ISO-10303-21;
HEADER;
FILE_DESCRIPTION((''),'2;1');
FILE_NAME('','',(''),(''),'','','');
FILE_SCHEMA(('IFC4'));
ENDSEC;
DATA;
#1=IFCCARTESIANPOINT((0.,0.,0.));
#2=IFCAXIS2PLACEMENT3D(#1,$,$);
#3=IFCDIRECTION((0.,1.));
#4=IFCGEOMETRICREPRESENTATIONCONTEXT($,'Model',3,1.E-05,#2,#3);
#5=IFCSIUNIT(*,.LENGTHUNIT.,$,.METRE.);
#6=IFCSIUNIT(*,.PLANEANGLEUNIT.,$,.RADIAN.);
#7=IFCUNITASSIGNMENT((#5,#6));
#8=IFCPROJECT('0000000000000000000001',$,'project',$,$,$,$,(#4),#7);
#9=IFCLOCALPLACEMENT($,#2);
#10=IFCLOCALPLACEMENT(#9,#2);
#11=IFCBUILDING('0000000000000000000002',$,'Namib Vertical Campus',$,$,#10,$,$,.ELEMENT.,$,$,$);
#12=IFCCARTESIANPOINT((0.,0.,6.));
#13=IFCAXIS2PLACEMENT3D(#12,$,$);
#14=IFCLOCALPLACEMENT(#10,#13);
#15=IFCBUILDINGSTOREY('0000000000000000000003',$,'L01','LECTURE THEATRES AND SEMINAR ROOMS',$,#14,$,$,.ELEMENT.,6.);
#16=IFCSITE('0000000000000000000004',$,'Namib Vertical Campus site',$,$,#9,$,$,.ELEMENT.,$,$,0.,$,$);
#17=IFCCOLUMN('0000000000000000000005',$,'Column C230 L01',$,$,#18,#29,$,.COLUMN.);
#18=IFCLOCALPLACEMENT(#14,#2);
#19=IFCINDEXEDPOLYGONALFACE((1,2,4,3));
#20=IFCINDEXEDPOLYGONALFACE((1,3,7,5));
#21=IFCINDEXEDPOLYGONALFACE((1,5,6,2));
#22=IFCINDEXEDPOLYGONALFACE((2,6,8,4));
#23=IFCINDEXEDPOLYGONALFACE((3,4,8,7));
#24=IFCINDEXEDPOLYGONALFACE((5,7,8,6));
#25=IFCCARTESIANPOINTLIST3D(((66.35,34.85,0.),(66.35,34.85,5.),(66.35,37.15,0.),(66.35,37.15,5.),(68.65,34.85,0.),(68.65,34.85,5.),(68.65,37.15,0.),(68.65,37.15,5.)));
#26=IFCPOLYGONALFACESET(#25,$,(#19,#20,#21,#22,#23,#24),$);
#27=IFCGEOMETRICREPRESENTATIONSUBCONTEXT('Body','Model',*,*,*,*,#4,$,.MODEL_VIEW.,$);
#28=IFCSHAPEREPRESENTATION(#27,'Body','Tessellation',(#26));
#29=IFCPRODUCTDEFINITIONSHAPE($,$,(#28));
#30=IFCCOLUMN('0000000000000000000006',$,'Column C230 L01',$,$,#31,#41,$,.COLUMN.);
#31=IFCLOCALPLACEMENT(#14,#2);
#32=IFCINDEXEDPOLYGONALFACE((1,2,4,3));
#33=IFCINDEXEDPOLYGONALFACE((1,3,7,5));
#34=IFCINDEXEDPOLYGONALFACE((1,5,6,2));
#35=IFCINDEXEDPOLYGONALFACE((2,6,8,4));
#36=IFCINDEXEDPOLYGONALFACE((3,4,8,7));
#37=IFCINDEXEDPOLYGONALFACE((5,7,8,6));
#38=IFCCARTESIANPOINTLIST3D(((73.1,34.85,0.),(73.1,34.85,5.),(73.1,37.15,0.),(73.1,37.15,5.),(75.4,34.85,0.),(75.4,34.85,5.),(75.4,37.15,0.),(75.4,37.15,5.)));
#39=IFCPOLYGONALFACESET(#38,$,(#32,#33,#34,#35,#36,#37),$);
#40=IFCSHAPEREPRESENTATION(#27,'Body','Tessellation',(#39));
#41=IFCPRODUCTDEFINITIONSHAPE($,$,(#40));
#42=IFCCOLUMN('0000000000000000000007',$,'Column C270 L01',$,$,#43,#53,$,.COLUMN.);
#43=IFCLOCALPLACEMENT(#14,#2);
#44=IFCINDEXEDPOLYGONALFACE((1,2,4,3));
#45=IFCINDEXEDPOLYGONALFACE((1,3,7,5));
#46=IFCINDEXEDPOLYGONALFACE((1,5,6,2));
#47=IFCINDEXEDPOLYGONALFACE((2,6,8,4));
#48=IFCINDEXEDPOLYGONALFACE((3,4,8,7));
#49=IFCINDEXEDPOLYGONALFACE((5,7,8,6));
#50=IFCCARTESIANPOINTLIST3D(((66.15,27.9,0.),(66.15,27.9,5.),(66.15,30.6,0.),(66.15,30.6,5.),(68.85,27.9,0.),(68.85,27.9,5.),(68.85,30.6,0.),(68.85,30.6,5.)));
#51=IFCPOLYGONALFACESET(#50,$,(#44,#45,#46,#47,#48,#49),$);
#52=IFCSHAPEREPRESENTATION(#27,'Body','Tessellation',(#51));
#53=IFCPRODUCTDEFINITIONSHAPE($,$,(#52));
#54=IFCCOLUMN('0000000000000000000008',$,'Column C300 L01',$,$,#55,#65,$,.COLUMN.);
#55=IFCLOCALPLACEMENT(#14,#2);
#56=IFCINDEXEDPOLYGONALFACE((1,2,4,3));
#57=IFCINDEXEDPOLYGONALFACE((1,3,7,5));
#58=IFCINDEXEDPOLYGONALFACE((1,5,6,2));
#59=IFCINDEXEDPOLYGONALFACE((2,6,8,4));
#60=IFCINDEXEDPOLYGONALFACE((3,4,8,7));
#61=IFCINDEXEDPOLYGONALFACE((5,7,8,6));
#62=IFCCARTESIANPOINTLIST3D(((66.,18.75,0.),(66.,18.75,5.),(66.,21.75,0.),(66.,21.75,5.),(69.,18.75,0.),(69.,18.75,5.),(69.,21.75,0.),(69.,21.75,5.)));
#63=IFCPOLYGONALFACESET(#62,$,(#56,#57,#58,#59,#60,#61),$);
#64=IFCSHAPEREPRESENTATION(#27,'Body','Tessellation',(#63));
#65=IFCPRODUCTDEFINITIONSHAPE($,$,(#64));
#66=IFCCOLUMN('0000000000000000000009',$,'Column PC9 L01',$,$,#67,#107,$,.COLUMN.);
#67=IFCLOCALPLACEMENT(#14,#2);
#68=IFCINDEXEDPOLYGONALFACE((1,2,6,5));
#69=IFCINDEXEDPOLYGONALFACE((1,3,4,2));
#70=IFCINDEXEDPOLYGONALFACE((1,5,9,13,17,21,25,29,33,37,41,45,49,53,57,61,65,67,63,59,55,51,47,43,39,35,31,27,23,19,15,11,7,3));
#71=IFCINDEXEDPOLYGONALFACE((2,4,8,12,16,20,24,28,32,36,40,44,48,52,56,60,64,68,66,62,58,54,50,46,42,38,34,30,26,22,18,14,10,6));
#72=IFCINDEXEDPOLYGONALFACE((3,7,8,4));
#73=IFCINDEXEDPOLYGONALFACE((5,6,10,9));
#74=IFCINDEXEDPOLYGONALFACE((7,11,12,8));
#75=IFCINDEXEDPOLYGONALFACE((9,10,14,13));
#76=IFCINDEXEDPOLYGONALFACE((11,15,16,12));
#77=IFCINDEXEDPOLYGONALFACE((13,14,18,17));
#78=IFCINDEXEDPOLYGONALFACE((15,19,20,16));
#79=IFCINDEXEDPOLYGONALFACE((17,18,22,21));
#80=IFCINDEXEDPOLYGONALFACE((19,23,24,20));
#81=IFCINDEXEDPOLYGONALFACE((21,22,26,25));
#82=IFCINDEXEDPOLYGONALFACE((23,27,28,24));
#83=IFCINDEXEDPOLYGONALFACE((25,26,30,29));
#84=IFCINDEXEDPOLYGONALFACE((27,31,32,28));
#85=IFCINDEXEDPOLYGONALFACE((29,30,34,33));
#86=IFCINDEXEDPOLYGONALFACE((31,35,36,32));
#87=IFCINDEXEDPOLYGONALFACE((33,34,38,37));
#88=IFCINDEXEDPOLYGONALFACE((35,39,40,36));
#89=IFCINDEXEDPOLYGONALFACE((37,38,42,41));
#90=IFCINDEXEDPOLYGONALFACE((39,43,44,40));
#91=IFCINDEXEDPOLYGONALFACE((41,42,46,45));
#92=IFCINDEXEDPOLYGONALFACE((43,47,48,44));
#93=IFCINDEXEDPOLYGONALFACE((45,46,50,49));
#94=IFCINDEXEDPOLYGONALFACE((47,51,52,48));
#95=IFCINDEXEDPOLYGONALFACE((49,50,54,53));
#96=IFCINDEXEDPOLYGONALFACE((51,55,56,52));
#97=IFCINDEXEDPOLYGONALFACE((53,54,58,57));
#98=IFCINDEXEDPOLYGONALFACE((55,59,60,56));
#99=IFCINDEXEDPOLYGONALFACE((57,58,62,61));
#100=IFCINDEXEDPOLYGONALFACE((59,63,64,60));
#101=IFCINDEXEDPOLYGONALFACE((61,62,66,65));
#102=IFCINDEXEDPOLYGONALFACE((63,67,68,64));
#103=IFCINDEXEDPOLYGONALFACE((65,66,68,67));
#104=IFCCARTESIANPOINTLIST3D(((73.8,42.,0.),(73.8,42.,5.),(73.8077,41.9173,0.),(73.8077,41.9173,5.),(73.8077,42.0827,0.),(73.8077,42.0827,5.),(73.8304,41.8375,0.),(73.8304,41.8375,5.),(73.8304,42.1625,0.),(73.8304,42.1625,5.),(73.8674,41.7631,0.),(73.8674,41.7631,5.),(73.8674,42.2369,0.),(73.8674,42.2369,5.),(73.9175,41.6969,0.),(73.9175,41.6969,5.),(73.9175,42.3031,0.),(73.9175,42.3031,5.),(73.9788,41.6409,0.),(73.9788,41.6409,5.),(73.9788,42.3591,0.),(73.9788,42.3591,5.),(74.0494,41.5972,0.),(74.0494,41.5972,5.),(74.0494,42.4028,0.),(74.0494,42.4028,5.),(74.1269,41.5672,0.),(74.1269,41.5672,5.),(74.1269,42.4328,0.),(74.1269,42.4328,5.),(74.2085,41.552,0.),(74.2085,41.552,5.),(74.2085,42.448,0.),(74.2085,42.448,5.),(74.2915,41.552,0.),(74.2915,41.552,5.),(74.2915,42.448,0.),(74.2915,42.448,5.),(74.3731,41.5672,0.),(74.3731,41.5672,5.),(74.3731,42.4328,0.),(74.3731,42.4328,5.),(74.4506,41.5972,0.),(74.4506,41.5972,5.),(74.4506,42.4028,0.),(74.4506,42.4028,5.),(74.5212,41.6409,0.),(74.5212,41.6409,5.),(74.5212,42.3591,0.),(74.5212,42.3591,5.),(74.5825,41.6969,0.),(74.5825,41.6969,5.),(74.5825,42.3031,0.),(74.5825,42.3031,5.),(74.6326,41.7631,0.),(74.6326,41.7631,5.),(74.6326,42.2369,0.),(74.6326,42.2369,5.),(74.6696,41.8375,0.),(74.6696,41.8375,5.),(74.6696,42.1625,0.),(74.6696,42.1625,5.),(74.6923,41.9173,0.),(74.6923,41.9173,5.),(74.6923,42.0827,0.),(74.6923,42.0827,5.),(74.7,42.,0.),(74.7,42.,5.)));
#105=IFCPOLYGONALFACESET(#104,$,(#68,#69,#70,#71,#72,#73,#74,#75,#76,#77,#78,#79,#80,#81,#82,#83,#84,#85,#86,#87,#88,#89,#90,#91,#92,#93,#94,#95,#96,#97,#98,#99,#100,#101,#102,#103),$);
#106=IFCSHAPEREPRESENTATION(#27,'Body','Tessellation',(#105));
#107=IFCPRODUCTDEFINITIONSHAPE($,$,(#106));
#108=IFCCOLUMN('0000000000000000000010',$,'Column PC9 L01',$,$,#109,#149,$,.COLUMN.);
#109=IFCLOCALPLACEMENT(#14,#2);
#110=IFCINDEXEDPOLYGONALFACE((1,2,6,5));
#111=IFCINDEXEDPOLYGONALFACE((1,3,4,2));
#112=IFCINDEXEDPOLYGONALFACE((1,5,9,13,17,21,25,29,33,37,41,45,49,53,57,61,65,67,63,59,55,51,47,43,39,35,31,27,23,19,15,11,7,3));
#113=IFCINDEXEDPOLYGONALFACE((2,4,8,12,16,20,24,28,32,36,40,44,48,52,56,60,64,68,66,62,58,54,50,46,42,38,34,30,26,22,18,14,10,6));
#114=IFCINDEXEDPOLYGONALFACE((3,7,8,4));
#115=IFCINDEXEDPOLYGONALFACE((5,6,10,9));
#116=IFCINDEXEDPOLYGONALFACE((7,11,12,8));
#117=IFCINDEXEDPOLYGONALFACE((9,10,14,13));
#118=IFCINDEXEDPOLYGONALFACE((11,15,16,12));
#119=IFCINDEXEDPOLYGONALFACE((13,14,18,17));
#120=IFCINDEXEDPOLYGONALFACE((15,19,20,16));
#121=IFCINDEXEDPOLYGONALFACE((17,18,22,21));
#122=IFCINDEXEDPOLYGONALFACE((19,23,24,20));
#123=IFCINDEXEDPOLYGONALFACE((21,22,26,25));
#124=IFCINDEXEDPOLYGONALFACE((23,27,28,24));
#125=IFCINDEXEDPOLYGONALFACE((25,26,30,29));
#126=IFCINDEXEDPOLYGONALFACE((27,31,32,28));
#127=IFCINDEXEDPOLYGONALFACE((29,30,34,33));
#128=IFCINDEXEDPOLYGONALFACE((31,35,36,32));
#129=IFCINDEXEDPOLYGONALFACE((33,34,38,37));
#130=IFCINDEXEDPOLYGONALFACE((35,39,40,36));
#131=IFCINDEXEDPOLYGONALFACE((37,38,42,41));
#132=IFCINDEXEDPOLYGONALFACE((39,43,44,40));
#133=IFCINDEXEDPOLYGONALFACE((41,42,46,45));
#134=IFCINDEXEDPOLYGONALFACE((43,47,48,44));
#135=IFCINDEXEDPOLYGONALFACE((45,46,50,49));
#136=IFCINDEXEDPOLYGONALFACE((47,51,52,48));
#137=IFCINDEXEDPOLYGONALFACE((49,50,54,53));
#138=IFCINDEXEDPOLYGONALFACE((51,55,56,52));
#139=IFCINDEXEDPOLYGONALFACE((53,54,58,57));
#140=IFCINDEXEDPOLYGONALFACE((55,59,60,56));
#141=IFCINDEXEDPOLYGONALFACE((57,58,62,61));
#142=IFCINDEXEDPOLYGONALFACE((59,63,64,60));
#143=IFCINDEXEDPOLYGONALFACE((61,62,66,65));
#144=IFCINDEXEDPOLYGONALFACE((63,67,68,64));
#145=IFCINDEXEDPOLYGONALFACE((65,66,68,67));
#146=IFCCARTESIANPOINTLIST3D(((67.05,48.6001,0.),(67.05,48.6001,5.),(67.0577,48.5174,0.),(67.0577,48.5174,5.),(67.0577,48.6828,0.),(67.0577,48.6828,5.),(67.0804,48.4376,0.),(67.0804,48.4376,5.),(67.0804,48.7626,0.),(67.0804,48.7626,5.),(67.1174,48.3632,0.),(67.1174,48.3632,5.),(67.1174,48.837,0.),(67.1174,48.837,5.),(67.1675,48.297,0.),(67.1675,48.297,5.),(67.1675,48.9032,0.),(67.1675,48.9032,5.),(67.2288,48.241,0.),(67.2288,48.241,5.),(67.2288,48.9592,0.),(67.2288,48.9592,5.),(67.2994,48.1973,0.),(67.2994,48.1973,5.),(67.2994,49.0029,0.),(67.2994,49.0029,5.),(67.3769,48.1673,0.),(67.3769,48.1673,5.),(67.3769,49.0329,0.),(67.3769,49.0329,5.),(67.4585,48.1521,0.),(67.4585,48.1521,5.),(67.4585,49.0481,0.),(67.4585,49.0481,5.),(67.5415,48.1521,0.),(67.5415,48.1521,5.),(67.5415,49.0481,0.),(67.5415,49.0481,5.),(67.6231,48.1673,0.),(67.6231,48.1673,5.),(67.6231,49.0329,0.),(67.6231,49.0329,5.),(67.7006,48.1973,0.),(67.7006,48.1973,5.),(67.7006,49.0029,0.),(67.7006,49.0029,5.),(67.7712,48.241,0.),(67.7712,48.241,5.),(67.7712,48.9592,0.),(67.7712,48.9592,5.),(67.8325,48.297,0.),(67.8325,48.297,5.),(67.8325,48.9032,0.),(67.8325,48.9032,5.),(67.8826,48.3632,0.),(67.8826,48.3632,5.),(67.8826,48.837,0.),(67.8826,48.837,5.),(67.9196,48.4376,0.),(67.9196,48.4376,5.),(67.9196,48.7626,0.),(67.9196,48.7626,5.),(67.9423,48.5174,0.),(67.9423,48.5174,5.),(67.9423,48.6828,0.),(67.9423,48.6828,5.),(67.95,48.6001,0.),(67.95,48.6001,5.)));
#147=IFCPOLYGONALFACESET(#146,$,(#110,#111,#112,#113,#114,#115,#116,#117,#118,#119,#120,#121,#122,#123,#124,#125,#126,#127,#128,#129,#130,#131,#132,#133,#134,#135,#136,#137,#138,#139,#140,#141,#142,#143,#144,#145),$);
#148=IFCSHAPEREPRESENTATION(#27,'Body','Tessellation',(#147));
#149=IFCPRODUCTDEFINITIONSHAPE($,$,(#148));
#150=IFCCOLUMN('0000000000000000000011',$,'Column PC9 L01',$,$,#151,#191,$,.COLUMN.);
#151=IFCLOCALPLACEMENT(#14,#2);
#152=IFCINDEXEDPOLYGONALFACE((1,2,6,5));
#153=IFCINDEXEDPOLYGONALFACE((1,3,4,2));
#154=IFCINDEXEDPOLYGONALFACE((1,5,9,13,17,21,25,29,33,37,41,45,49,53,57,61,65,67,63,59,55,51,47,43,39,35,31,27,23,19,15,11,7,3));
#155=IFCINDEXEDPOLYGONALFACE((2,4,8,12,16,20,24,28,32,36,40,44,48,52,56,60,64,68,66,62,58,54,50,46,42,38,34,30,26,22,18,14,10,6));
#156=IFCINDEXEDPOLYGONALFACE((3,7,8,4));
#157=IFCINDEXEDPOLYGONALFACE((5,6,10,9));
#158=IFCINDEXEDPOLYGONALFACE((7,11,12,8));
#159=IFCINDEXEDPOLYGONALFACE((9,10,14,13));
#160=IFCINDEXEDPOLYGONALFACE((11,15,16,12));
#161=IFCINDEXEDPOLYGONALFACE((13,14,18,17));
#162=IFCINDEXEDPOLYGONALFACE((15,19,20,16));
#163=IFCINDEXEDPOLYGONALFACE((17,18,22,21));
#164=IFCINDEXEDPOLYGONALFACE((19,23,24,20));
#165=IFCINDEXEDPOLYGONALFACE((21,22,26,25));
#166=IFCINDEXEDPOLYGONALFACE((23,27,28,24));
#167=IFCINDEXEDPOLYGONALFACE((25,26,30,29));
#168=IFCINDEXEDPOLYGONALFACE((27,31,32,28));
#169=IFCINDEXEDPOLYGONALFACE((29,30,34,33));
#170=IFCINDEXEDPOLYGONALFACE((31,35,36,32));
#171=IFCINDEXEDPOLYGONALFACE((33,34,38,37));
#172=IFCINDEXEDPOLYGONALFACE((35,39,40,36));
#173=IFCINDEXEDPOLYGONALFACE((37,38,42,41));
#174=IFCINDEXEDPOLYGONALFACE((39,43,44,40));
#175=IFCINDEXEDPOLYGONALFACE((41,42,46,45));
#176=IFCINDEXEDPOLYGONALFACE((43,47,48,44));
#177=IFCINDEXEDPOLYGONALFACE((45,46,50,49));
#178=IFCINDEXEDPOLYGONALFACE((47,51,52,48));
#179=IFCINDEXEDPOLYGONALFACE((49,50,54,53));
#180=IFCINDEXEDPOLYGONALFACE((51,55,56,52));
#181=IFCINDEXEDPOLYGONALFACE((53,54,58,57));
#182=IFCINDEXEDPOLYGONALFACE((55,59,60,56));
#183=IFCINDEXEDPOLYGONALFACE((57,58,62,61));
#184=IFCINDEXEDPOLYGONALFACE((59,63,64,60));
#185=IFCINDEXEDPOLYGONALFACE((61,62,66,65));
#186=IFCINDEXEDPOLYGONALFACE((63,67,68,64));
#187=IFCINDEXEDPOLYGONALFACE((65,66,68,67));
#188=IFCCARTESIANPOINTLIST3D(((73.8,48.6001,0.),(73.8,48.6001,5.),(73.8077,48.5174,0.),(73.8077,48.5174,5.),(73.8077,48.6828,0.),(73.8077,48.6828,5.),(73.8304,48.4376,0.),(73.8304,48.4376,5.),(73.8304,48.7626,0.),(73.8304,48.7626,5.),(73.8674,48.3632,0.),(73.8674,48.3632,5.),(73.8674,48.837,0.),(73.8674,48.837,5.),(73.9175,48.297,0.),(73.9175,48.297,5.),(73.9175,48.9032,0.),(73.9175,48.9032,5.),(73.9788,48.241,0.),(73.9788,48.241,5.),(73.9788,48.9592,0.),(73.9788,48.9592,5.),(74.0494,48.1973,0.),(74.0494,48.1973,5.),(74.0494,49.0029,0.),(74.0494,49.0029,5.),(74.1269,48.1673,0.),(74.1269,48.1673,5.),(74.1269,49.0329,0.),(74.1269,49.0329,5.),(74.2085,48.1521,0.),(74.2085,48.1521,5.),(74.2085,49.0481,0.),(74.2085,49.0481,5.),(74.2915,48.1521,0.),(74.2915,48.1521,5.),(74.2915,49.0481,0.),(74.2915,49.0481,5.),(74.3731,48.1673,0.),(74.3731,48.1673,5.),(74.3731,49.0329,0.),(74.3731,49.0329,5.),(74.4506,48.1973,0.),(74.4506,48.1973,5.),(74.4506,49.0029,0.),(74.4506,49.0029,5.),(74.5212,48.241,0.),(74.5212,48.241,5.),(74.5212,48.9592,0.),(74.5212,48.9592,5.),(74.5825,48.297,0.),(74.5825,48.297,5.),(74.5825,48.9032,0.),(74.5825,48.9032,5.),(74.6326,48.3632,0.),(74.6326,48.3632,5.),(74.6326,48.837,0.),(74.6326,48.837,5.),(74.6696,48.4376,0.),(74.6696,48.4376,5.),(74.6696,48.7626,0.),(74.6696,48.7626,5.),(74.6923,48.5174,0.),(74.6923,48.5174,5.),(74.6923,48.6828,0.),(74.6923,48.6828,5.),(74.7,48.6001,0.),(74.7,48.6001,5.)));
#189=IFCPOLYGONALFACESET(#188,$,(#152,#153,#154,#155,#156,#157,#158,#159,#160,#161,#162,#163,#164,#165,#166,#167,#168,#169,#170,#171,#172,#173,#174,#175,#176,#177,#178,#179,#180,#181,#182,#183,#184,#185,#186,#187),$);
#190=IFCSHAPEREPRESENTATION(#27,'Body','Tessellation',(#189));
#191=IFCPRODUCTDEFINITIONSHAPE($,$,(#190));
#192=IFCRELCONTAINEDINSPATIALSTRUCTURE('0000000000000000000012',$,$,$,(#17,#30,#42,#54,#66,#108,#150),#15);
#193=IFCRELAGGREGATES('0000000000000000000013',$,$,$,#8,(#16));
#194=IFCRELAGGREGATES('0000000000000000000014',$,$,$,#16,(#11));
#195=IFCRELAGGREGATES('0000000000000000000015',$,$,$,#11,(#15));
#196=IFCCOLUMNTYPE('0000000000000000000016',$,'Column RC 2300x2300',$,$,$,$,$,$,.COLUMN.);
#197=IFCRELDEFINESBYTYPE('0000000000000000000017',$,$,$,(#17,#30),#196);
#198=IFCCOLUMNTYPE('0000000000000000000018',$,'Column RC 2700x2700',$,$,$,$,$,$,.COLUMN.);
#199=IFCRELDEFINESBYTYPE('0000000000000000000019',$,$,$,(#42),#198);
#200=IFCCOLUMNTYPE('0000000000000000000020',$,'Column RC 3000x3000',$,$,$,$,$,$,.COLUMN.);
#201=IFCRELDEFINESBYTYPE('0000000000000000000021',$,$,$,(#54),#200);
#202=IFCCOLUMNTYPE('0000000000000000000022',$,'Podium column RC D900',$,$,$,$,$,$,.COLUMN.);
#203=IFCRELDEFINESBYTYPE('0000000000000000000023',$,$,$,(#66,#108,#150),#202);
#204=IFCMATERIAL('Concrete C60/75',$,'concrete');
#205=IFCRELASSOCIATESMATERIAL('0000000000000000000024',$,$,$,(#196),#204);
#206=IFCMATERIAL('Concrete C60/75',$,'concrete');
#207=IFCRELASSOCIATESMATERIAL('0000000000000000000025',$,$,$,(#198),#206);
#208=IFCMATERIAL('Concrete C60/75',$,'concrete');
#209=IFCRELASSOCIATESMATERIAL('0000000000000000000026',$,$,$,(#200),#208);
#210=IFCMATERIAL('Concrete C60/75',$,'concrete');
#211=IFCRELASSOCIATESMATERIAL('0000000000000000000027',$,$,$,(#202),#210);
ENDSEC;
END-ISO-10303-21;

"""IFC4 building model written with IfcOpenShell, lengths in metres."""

from ifc_helpers import new_model, si_unit, direction, frame, origin, origin_2d, place, context, subcontext, project, spatial, rectangle, circle, extrude, material, material_profile, profile_set, type_object, element, save


model = new_model("IFC4")

# Units and contexts
model_context = context("Model", 3, precision=1e-05, world=origin(), true_north=direction((0.0, 1.0)))
body_context = subcontext(model_context, "Body", "Model", "MODEL_VIEW")
ifc_project = project(units=[si_unit("LENGTHUNIT", "METRE"), si_unit("PLANEANGLEUNIT", "RADIAN")], contexts=[model_context])

# Site, building, storey
site_placement = place(None, origin())
site = spatial("IfcSite", under=ifc_project, at=site_placement, Name="Namib Vertical Campus site", CompositionType="ELEMENT", RefElevation=0.0)
building_placement = place(site_placement, origin())
building = spatial("IfcBuilding", under=site, at=building_placement, Name="Namib Vertical Campus", CompositionType="ELEMENT")
storey_placement = place(building_placement, frame((0.0, 0.0, 6.0)))
storey = spatial("IfcBuildingStorey", under=building, at=storey_placement, Name="L01", Description="LECTURE THEATRES AND SEMINAR ROOMS", CompositionType="ELEMENT", Elevation=6.0)

# Columns
ifc_material_1 = material(Name="Concrete C60/75", Category="concrete")
ifc_material_profile_1 = material_profile(ifc_material_1, rectangle(XDim=2.3, YDim=2.3, at=origin_2d()))
ifc_profile_set_1 = profile_set([ifc_material_profile_1], Name="Concrete C60/75")
column_type_1 = type_object("IfcColumnType", Name="Column RC 2300x2300", PredefinedType="COLUMN", material=ifc_profile_set_1)
for number, where, z_axis, x_axis, name in (
    (1, (67.5, 36.0, 0.0), (0.0, 0.0, 1.0), (1.0, 0.0, 0.0), "Column C230 L01"),
    (2, (74.25, 36.0, 0.0), (0.0, 0.0, 1.0), (1.0, 0.0, 0.0), "Column C230 L01"),
):
    element("IfcColumn", number, at=place(storey_placement, frame(where, z_axis=z_axis, x_axis=x_axis)), inside=storey, type_object=column_type_1, Name=name, PredefinedType="COLUMN", context=body_context, shape_type="SweptSolid", body=[
        extrude(rectangle(XDim=2.3, YDim=2.3, at=origin_2d()), origin(), (0.0, 0.0, 1.0), 5.0),
    ])
ifc_material_2 = material(Name="Concrete C60/75", Category="concrete")
ifc_material_profile_2 = material_profile(ifc_material_2, rectangle(XDim=2.7, YDim=2.7, at=origin_2d()))
ifc_profile_set_2 = profile_set([ifc_material_profile_2], Name="Concrete C60/75")
column_type_2 = type_object("IfcColumnType", Name="Column RC 2700x2700", PredefinedType="COLUMN", material=ifc_profile_set_2)
column_1_placement = place(storey_placement, frame((67.5, 29.25, 0.0), z_axis=(0.0, 0.0, 1.0), x_axis=(1.0, 0.0, 0.0)))
element("IfcColumn", 3, at=column_1_placement, inside=storey, type_object=column_type_2, Name="Column C270 L01", PredefinedType="COLUMN", context=body_context, shape_type="SweptSolid", body=[
    extrude(rectangle(XDim=2.7, YDim=2.7, at=origin_2d()), origin(), (0.0, 0.0, 1.0), 5.0),
])
ifc_material_3 = material(Name="Concrete C60/75", Category="concrete")
ifc_material_profile_3 = material_profile(ifc_material_3, rectangle(XDim=3.0, YDim=3.0, at=origin_2d()))
ifc_profile_set_3 = profile_set([ifc_material_profile_3], Name="Concrete C60/75")
column_type_3 = type_object("IfcColumnType", Name="Column RC 3000x3000", PredefinedType="COLUMN", material=ifc_profile_set_3)
column_2_placement = place(storey_placement, frame((67.5, 20.25, 0.0), z_axis=(0.0, 0.0, 1.0), x_axis=(1.0, 0.0, 0.0)))
element("IfcColumn", 4, at=column_2_placement, inside=storey, type_object=column_type_3, Name="Column C300 L01", PredefinedType="COLUMN", context=body_context, shape_type="SweptSolid", body=[
    extrude(rectangle(XDim=3.0, YDim=3.0, at=origin_2d()), origin(), (0.0, 0.0, 1.0), 5.0),
])
ifc_material_4 = material(Name="Concrete C60/75", Category="concrete")
ifc_material_profile_4 = material_profile(ifc_material_4, circle(Radius=0.45, at=origin_2d()))
ifc_profile_set_4 = profile_set([ifc_material_profile_4], Name="Concrete C60/75")
column_type_4 = type_object("IfcColumnType", Name="Podium column RC D900", PredefinedType="COLUMN", material=ifc_profile_set_4)
for number, where, z_axis, x_axis, name in (
    (5, (74.25, 42.0, 0.0), (0.0, 0.0, 1.0), (1.0, 0.0, 0.0), "Column PC9 L01"),
    (6, (67.5, 48.6001, 0.0), (0.0, 0.0, 1.0), (1.0, 0.0, 0.0), "Column PC9 L01"),
    (7, (74.25, 48.6001, 0.0), (0.0, 0.0, 1.0), (1.0, 0.0, 0.0), "Column PC9 L01"),
):
    element("IfcColumn", number, at=place(storey_placement, frame(where, z_axis=z_axis, x_axis=x_axis)), inside=storey, type_object=column_type_4, Name=name, PredefinedType="COLUMN", context=body_context, shape_type="SweptSolid", body=[
        extrude(circle(Radius=0.45, at=origin_2d()), origin(), (0.0, 0.0, 1.0), 5.0),
    ])

save(model, "model.ifc")
